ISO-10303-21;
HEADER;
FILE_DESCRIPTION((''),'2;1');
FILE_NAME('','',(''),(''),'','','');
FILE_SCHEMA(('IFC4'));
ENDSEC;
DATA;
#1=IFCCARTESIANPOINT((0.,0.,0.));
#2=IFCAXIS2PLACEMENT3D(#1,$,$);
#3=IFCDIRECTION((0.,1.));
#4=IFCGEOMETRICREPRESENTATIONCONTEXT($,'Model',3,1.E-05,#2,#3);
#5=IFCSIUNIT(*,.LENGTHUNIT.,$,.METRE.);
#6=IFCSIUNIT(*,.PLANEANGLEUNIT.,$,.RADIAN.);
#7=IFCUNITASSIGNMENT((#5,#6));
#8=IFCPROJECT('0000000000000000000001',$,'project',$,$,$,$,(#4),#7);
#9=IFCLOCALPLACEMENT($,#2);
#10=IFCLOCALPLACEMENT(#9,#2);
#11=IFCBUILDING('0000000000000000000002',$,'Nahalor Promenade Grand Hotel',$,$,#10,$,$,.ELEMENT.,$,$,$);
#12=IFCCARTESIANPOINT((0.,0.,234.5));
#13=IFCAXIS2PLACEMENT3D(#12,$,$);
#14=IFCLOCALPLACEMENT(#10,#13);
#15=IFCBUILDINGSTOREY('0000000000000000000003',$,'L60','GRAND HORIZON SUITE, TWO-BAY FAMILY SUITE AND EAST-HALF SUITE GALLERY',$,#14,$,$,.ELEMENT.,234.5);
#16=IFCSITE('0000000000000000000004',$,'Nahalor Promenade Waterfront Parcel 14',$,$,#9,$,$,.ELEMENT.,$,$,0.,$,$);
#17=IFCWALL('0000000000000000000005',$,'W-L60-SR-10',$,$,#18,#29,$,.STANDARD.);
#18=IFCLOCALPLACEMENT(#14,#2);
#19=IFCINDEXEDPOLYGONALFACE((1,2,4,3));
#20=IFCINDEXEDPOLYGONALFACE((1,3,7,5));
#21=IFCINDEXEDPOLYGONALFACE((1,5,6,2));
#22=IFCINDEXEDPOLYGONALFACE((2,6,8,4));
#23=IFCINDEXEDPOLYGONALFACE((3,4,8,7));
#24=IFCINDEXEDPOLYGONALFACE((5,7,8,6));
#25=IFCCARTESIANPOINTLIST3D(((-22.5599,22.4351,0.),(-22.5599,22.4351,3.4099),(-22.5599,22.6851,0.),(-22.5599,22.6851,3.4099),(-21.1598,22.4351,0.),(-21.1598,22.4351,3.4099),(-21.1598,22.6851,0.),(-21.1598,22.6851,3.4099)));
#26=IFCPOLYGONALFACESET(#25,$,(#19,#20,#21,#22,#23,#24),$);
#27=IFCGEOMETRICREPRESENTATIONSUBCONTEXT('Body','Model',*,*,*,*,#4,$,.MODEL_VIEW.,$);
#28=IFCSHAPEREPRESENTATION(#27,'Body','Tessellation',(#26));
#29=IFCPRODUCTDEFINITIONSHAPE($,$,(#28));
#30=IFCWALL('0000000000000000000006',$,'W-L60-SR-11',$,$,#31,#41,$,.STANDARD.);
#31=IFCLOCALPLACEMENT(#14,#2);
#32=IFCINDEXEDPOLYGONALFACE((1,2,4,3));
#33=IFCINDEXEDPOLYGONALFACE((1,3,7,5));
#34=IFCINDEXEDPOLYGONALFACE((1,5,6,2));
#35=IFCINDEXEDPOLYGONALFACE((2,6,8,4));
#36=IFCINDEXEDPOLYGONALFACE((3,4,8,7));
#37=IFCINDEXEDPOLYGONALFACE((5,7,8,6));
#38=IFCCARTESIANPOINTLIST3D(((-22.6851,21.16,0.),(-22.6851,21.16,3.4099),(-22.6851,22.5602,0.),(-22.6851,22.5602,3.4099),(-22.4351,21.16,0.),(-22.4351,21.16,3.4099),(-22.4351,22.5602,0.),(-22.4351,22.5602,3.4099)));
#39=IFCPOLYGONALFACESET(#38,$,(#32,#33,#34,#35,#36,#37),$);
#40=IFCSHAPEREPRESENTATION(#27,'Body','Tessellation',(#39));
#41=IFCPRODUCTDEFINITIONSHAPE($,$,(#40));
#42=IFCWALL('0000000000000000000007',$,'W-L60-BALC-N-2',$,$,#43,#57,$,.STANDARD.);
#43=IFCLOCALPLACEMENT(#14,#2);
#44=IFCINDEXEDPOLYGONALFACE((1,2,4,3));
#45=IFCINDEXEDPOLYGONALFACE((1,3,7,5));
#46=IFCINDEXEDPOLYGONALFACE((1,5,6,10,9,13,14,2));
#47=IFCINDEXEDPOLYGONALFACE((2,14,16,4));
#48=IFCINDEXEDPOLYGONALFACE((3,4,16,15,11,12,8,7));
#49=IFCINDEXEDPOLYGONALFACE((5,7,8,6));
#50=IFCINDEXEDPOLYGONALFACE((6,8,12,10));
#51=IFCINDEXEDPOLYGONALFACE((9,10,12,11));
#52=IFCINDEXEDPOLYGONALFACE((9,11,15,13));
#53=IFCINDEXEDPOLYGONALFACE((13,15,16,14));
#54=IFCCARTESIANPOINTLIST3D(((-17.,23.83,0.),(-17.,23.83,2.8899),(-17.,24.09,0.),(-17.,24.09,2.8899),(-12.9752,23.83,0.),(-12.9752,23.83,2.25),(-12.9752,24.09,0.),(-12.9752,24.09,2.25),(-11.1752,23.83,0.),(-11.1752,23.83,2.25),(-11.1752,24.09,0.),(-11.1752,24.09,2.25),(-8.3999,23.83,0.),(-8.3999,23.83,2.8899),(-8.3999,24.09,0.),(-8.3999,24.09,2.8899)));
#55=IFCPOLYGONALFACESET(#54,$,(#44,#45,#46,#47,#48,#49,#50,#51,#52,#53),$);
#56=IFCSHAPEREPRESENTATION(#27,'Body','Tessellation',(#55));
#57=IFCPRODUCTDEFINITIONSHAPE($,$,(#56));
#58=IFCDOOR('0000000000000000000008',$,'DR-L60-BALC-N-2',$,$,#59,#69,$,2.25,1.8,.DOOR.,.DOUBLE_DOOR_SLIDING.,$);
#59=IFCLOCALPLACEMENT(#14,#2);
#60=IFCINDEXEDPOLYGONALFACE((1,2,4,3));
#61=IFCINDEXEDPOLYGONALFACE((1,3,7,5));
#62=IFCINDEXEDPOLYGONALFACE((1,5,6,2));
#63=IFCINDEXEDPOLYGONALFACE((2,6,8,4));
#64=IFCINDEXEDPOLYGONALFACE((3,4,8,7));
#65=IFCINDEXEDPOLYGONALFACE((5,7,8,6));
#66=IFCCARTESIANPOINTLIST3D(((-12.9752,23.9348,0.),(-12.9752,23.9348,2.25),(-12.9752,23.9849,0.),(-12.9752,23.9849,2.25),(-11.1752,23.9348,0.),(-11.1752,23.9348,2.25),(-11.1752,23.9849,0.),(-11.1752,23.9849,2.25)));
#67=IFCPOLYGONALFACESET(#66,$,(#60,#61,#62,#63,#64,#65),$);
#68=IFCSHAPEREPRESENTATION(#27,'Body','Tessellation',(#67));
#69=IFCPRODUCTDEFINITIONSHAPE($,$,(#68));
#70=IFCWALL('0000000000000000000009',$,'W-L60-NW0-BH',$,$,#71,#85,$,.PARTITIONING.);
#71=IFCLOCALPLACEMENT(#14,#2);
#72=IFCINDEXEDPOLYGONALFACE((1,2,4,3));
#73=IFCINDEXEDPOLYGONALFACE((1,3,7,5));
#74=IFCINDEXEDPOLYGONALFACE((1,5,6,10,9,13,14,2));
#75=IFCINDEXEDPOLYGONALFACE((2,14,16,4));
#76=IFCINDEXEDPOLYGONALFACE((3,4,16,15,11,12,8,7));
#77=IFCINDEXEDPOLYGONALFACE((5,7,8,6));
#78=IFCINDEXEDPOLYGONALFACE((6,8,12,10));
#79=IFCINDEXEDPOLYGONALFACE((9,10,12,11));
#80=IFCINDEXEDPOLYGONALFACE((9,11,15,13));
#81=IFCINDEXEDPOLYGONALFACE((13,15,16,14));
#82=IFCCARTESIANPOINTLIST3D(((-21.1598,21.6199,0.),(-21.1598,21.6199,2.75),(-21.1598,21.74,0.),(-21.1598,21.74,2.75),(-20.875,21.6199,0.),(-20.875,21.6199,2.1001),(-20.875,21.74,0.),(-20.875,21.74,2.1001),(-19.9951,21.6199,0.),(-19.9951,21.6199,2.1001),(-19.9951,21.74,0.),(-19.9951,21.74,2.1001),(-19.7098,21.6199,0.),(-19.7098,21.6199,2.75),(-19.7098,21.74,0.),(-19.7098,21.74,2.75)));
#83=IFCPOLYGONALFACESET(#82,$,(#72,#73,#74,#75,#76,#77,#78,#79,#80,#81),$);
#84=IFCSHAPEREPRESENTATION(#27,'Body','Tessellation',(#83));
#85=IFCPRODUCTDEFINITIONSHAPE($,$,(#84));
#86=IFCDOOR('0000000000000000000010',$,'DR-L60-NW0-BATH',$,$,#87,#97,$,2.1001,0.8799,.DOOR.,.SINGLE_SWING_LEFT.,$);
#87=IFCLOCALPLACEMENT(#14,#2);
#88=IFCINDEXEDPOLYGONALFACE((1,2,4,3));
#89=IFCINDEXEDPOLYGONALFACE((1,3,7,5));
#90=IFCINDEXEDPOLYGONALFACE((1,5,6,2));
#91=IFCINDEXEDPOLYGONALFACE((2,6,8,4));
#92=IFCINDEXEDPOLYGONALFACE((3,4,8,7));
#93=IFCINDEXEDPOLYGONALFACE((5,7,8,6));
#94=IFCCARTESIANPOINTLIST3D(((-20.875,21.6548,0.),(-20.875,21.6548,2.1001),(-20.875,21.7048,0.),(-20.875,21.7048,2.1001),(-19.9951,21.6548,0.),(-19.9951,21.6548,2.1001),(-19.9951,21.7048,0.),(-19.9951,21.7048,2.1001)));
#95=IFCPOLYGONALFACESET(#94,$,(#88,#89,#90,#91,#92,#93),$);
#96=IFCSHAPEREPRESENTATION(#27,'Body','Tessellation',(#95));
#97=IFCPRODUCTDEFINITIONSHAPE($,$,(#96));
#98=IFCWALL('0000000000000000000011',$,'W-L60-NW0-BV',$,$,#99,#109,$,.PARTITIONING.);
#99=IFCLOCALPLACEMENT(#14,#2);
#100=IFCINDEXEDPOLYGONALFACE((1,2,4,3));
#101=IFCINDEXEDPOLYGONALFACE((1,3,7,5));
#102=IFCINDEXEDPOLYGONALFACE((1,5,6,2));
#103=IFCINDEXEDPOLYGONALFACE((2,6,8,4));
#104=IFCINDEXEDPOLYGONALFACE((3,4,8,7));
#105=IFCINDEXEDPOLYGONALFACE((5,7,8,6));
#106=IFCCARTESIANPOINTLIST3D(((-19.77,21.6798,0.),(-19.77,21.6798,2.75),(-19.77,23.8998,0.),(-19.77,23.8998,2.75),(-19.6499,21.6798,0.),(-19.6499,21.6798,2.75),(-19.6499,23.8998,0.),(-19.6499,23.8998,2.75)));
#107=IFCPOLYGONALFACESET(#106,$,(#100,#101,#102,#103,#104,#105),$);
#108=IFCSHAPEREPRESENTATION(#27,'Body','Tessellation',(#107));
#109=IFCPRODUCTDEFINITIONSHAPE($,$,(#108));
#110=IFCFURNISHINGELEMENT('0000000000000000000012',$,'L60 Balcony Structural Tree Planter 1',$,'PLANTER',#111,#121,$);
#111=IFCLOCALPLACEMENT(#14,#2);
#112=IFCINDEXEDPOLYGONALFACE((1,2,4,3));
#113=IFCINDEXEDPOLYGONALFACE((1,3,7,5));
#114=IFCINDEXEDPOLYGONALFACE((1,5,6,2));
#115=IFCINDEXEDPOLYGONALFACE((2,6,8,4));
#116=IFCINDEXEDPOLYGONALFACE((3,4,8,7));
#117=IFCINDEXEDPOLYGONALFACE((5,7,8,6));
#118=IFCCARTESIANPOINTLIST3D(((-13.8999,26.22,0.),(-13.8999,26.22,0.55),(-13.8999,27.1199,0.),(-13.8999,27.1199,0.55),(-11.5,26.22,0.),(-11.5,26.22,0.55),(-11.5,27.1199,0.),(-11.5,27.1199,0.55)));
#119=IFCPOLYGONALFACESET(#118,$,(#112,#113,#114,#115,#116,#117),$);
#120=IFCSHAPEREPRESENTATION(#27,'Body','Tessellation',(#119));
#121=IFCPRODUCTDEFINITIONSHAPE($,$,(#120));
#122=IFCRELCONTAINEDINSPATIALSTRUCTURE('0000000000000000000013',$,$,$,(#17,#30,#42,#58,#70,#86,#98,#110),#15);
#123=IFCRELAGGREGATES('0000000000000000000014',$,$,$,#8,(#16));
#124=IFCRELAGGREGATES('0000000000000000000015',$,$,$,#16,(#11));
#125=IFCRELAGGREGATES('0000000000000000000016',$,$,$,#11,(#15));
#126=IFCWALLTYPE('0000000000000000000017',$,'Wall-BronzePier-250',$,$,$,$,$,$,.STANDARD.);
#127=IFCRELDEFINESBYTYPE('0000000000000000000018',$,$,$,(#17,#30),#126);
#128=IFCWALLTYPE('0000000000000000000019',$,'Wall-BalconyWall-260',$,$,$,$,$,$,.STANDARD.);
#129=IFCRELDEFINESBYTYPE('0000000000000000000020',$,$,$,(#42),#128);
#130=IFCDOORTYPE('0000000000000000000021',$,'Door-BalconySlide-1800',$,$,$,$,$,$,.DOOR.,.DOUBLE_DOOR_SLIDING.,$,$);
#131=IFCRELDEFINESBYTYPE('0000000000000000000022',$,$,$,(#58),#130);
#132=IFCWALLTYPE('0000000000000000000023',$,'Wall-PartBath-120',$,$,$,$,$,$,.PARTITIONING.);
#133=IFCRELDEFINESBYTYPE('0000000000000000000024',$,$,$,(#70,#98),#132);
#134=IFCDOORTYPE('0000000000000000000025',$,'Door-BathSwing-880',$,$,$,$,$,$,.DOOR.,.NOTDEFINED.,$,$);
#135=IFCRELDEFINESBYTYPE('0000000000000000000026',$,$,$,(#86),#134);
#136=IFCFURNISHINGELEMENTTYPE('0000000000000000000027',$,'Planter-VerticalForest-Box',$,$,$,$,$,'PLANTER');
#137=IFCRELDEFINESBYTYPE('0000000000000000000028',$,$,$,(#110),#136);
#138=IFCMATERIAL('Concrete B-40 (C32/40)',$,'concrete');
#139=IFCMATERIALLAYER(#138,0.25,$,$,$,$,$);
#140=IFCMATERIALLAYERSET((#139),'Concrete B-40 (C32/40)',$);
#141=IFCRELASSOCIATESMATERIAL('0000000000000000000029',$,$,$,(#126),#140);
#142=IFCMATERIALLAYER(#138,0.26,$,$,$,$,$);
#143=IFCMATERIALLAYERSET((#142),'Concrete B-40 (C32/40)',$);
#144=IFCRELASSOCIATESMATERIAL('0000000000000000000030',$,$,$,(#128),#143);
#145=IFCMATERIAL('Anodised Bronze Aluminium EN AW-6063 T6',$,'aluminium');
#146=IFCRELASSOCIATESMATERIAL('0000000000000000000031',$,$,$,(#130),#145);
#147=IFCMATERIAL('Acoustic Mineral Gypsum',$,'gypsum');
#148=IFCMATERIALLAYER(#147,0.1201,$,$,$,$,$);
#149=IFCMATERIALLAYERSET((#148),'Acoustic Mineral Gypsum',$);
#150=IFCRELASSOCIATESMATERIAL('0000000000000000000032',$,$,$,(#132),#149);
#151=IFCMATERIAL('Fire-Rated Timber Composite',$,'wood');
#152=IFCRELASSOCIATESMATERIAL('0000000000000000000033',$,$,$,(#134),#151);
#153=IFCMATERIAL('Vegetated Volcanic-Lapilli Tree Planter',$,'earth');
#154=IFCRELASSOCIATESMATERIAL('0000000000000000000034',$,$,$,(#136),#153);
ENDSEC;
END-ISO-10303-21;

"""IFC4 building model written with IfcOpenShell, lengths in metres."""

from ifc_helpers import new_model, si_unit, direction, frame, frame_2d, origin, origin_2d, place, context, subcontext, project, spatial, rectangle, extrude, source, transform, mapped, material, layer, layer_set, type_object, element, fill, save


model = new_model("IFC4")

# Units and contexts
model_context = context("Model", 3, precision=1e-05, world=origin(), true_north=direction((0.0, 1.0)))
body_context = subcontext(model_context, "Body", "Model", "MODEL_VIEW")
ifc_project = project(units=[si_unit("LENGTHUNIT", "METRE"), si_unit("PLANEANGLEUNIT", "RADIAN")], contexts=[model_context])

# Site, building, storey
site_placement = place(None, origin())
site = spatial("IfcSite", under=ifc_project, at=site_placement, Name="Nahalor Promenade Waterfront Parcel 14", CompositionType="ELEMENT", RefElevation=0.0)
building_placement = place(site_placement, origin())
building = spatial("IfcBuilding", under=site, at=building_placement, Name="Nahalor Promenade Grand Hotel", CompositionType="ELEMENT")
storey_placement = place(building_placement, frame((0.0, 0.0, 234.5)))
storey = spatial("IfcBuildingStorey", under=building, at=storey_placement, Name="L60", Description="GRAND HORIZON SUITE, TWO-BAY FAMILY SUITE AND EAST-HALF SUITE GALLERY", CompositionType="ELEMENT", Elevation=234.5)

# Shared definitions
ifc_material_1 = material(Name="Anodised Bronze Aluminium EN AW-6063 T6", Category="aluminium")

# Walls
ifc_material_2 = material(Name="Concrete B-40 (C32/40)", Category="concrete")
ifc_layer_1 = layer(ifc_material_2, 0.25)
ifc_layer_set_1 = layer_set([ifc_layer_1], Name="Concrete B-40 (C32/40)")
wall_type_1 = type_object("IfcWallType", Name="Wall-BronzePier-250", PredefinedType="STANDARD", material=ifc_layer_set_1)
shared_shape_1 = source(origin(), body_context, "Body", "SweptSolid", [
    extrude(rectangle(XDim=1.4001, YDim=0.25, at=frame_2d((0.7002, 0.0))), origin(), (0.0, 0.0, 1.0), 3.4099),
])
for number, where, z_axis, x_axis, name in (
    (1, (-22.5601, 22.5601, 0.0), (0.0, 0.0, 1.0), (1.0, 0.0, 0.0), "W-L60-SR-10"),
    (2, (-22.5601, 21.1599, 0.0), (0.0, 0.0, 1.0), (0.0, 1.0, 0.0), "W-L60-SR-11"),
):
    element("IfcWall", number, at=place(storey_placement, frame(where, z_axis=z_axis, x_axis=x_axis)), inside=storey, type_object=wall_type_1, Name=name, PredefinedType="STANDARD", context=body_context, shape_type="MappedRepresentation", body=[
        mapped(shared_shape_1, transform((0.0, 0.0, 0.0), scale=1.0)),
    ])

# Walls, openings, doors
ifc_layer_2 = layer(ifc_material_2, 0.26)
ifc_layer_set_2 = layer_set([ifc_layer_2], Name="Concrete B-40 (C32/40)")
wall_type_2 = type_object("IfcWallType", Name="Wall-BalconyWall-260", PredefinedType="STANDARD", material=ifc_layer_set_2)
shared_shape_2 = source(origin(), body_context, "Body", "SweptSolid", [
    extrude(rectangle(XDim=8.6001, YDim=0.26, at=frame_2d((4.3, 0.0))), origin(), (0.0, 0.0, 1.0), 2.8899),
])
wall_1_placement = place(storey_placement, frame((-17.0, 23.96, 0.0), z_axis=(0.0, 0.0, 1.0), x_axis=(1.0, 0.0, 0.0)))
wall_1 = element("IfcWall", 3, at=wall_1_placement, inside=storey, type_object=wall_type_2, Name="W-L60-BALC-N-2", PredefinedType="STANDARD", context=body_context, shape_type="MappedRepresentation", body=[
    mapped(shared_shape_2, transform((0.0, 0.0, 0.0), scale=1.0)),
])
opening_1_placement = place(wall_1_placement, frame((4.0249, 0.0, 0.0)))
opening_1 = element("IfcOpeningElement", 4, at=opening_1_placement, cuts=wall_1, PredefinedType="OPENING", context=body_context, shape_type="SweptSolid", body=[
    extrude(rectangle(XDim=1.8, YDim=2.25, at=frame_2d((0.8999, 1.125))), frame((0.0, 0.1399, 0.0), z_axis=(0.0, -1.0, 0.0), x_axis=(1.0, 0.0, 0.0)), (0.0, 0.0, 1.0), 0.28),
])
door_type_1 = type_object("IfcDoorType", Name="Door-BalconySlide-1800", OperationType="DOUBLE_DOOR_SLIDING", PredefinedType="DOOR", material=ifc_material_1)
shared_shape_3 = source(origin(), body_context, "Body", "SweptSolid", [
    extrude(rectangle(XDim=1.8, YDim=2.25, at=frame_2d((0.8999, 1.125))), frame((0.0, 0.0249, 0.0), z_axis=(0.0, -1.0, 0.0), x_axis=(1.0, 0.0, 0.0)), (0.0, 0.0, 1.0), 0.05),
])
door_1_placement = place(opening_1_placement, origin())
door_1 = element("IfcDoor", 5, at=door_1_placement, inside=storey, type_object=door_type_1, Name="DR-L60-BALC-N-2", OperationType="DOUBLE_DOOR_SLIDING", OverallHeight=2.25, OverallWidth=1.8, PredefinedType="DOOR", context=body_context, shape_type="MappedRepresentation", body=[
    mapped(shared_shape_3, transform((0.0, 0.0, 0.0), scale=1.0)),
])
fill(opening_1, door_1)
ifc_material_3 = material(Name="Acoustic Mineral Gypsum", Category="gypsum")
ifc_layer_3 = layer(ifc_material_3, 0.1201)
ifc_layer_set_3 = layer_set([ifc_layer_3], Name="Acoustic Mineral Gypsum")
wall_type_3 = type_object("IfcWallType", Name="Wall-PartBath-120", PredefinedType="PARTITIONING", material=ifc_layer_set_3)
shared_shape_4 = source(origin(), body_context, "Body", "SweptSolid", [
    extrude(rectangle(XDim=1.45, YDim=0.1201, at=frame_2d((0.7251, 0.0))), origin(), (0.0, 0.0, 1.0), 2.75),
])
wall_2_placement = place(storey_placement, frame((-21.1599, 21.6799, 0.0), z_axis=(0.0, 0.0, 1.0), x_axis=(1.0, 0.0, 0.0)))
wall_2 = element("IfcWall", 6, at=wall_2_placement, inside=storey, type_object=wall_type_3, Name="W-L60-NW0-BH", PredefinedType="PARTITIONING", context=body_context, shape_type="MappedRepresentation", body=[
    mapped(shared_shape_4, transform((0.0, 0.0, 0.0), scale=1.0)),
])
opening_2_placement = place(wall_2_placement, frame((0.2849, 0.0, 0.0)))
opening_2 = element("IfcOpeningElement", 7, at=opening_2_placement, cuts=wall_2, PredefinedType="OPENING", context=body_context, shape_type="SweptSolid", body=[
    extrude(rectangle(XDim=0.8799, YDim=2.1001, at=frame_2d((0.4399, 1.05))), frame((0.0, 0.0701, 0.0), z_axis=(0.0, -1.0, 0.0), x_axis=(1.0, 0.0, 0.0)), (0.0, 0.0, 1.0), 0.1401),
])
ifc_material_4 = material(Name="Fire-Rated Timber Composite", Category="wood")
door_type_2 = type_object("IfcDoorType", Name="Door-BathSwing-880", OperationType="NOTDEFINED", PredefinedType="DOOR", material=ifc_material_4)
shared_shape_5 = source(origin(), body_context, "Body", "SweptSolid", [
    extrude(rectangle(XDim=0.8799, YDim=2.1001, at=frame_2d((0.4399, 1.05))), frame((0.0, 0.0249, 0.0), z_axis=(0.0, -1.0, 0.0), x_axis=(1.0, 0.0, 0.0)), (0.0, 0.0, 1.0), 0.05),
])
door_2_placement = place(opening_2_placement, origin())
door_2 = element("IfcDoor", 8, at=door_2_placement, inside=storey, type_object=door_type_2, Name="DR-L60-NW0-BATH", OperationType="SINGLE_SWING_LEFT", OverallHeight=2.1001, OverallWidth=0.8799, PredefinedType="DOOR", context=body_context, shape_type="MappedRepresentation", body=[
    mapped(shared_shape_5, transform((0.0, 0.0, 0.0), scale=1.0)),
])
fill(opening_2, door_2)

# Wall
shared_shape_6 = source(origin(), body_context, "Body", "SweptSolid", [
    extrude(rectangle(XDim=2.22, YDim=0.1201, at=frame_2d((1.1099, 0.0))), origin(), (0.0, 0.0, 1.0), 2.75),
])
wall_3_placement = place(storey_placement, frame((-19.71, 21.6799, 0.0), z_axis=(0.0, 0.0, 1.0), x_axis=(0.0, 1.0, 0.0)))
element("IfcWall", 9, at=wall_3_placement, inside=storey, type_object=wall_type_3, Name="W-L60-NW0-BV", PredefinedType="PARTITIONING", context=body_context, shape_type="MappedRepresentation", body=[
    mapped(shared_shape_6, transform((0.0, 0.0, 0.0), scale=1.0)),
])

# Furnishing element
ifc_material_5 = material(Name="Vegetated Volcanic-Lapilli Tree Planter", Category="earth")
furnishing_element_type = type_object("IfcFurnishingElementType", Name="Planter-VerticalForest-Box", ElementType="PLANTER", material=ifc_material_5)
shared_shape_7 = source(origin(), body_context, "Body", "SweptSolid", [
    extrude(rectangle(XDim=2.3999, YDim=0.8999, at=origin_2d()), origin(), (0.0, 0.0, 1.0), 0.55),
])
furnishing_placement = place(storey_placement, frame((-12.7, 26.6699, 0.0), z_axis=(0.0, 0.0, 1.0), x_axis=(1.0, 0.0, 0.0)))
element("IfcFurnishingElement", 10, at=furnishing_placement, inside=storey, type_object=furnishing_element_type, Name="L60 Balcony Structural Tree Planter 1", ObjectType="PLANTER", context=body_context, shape_type="MappedRepresentation", body=[
    mapped(shared_shape_7, transform((0.0, 0.0, 0.0), scale=1.0)),
])

save(model, "model.ifc")
